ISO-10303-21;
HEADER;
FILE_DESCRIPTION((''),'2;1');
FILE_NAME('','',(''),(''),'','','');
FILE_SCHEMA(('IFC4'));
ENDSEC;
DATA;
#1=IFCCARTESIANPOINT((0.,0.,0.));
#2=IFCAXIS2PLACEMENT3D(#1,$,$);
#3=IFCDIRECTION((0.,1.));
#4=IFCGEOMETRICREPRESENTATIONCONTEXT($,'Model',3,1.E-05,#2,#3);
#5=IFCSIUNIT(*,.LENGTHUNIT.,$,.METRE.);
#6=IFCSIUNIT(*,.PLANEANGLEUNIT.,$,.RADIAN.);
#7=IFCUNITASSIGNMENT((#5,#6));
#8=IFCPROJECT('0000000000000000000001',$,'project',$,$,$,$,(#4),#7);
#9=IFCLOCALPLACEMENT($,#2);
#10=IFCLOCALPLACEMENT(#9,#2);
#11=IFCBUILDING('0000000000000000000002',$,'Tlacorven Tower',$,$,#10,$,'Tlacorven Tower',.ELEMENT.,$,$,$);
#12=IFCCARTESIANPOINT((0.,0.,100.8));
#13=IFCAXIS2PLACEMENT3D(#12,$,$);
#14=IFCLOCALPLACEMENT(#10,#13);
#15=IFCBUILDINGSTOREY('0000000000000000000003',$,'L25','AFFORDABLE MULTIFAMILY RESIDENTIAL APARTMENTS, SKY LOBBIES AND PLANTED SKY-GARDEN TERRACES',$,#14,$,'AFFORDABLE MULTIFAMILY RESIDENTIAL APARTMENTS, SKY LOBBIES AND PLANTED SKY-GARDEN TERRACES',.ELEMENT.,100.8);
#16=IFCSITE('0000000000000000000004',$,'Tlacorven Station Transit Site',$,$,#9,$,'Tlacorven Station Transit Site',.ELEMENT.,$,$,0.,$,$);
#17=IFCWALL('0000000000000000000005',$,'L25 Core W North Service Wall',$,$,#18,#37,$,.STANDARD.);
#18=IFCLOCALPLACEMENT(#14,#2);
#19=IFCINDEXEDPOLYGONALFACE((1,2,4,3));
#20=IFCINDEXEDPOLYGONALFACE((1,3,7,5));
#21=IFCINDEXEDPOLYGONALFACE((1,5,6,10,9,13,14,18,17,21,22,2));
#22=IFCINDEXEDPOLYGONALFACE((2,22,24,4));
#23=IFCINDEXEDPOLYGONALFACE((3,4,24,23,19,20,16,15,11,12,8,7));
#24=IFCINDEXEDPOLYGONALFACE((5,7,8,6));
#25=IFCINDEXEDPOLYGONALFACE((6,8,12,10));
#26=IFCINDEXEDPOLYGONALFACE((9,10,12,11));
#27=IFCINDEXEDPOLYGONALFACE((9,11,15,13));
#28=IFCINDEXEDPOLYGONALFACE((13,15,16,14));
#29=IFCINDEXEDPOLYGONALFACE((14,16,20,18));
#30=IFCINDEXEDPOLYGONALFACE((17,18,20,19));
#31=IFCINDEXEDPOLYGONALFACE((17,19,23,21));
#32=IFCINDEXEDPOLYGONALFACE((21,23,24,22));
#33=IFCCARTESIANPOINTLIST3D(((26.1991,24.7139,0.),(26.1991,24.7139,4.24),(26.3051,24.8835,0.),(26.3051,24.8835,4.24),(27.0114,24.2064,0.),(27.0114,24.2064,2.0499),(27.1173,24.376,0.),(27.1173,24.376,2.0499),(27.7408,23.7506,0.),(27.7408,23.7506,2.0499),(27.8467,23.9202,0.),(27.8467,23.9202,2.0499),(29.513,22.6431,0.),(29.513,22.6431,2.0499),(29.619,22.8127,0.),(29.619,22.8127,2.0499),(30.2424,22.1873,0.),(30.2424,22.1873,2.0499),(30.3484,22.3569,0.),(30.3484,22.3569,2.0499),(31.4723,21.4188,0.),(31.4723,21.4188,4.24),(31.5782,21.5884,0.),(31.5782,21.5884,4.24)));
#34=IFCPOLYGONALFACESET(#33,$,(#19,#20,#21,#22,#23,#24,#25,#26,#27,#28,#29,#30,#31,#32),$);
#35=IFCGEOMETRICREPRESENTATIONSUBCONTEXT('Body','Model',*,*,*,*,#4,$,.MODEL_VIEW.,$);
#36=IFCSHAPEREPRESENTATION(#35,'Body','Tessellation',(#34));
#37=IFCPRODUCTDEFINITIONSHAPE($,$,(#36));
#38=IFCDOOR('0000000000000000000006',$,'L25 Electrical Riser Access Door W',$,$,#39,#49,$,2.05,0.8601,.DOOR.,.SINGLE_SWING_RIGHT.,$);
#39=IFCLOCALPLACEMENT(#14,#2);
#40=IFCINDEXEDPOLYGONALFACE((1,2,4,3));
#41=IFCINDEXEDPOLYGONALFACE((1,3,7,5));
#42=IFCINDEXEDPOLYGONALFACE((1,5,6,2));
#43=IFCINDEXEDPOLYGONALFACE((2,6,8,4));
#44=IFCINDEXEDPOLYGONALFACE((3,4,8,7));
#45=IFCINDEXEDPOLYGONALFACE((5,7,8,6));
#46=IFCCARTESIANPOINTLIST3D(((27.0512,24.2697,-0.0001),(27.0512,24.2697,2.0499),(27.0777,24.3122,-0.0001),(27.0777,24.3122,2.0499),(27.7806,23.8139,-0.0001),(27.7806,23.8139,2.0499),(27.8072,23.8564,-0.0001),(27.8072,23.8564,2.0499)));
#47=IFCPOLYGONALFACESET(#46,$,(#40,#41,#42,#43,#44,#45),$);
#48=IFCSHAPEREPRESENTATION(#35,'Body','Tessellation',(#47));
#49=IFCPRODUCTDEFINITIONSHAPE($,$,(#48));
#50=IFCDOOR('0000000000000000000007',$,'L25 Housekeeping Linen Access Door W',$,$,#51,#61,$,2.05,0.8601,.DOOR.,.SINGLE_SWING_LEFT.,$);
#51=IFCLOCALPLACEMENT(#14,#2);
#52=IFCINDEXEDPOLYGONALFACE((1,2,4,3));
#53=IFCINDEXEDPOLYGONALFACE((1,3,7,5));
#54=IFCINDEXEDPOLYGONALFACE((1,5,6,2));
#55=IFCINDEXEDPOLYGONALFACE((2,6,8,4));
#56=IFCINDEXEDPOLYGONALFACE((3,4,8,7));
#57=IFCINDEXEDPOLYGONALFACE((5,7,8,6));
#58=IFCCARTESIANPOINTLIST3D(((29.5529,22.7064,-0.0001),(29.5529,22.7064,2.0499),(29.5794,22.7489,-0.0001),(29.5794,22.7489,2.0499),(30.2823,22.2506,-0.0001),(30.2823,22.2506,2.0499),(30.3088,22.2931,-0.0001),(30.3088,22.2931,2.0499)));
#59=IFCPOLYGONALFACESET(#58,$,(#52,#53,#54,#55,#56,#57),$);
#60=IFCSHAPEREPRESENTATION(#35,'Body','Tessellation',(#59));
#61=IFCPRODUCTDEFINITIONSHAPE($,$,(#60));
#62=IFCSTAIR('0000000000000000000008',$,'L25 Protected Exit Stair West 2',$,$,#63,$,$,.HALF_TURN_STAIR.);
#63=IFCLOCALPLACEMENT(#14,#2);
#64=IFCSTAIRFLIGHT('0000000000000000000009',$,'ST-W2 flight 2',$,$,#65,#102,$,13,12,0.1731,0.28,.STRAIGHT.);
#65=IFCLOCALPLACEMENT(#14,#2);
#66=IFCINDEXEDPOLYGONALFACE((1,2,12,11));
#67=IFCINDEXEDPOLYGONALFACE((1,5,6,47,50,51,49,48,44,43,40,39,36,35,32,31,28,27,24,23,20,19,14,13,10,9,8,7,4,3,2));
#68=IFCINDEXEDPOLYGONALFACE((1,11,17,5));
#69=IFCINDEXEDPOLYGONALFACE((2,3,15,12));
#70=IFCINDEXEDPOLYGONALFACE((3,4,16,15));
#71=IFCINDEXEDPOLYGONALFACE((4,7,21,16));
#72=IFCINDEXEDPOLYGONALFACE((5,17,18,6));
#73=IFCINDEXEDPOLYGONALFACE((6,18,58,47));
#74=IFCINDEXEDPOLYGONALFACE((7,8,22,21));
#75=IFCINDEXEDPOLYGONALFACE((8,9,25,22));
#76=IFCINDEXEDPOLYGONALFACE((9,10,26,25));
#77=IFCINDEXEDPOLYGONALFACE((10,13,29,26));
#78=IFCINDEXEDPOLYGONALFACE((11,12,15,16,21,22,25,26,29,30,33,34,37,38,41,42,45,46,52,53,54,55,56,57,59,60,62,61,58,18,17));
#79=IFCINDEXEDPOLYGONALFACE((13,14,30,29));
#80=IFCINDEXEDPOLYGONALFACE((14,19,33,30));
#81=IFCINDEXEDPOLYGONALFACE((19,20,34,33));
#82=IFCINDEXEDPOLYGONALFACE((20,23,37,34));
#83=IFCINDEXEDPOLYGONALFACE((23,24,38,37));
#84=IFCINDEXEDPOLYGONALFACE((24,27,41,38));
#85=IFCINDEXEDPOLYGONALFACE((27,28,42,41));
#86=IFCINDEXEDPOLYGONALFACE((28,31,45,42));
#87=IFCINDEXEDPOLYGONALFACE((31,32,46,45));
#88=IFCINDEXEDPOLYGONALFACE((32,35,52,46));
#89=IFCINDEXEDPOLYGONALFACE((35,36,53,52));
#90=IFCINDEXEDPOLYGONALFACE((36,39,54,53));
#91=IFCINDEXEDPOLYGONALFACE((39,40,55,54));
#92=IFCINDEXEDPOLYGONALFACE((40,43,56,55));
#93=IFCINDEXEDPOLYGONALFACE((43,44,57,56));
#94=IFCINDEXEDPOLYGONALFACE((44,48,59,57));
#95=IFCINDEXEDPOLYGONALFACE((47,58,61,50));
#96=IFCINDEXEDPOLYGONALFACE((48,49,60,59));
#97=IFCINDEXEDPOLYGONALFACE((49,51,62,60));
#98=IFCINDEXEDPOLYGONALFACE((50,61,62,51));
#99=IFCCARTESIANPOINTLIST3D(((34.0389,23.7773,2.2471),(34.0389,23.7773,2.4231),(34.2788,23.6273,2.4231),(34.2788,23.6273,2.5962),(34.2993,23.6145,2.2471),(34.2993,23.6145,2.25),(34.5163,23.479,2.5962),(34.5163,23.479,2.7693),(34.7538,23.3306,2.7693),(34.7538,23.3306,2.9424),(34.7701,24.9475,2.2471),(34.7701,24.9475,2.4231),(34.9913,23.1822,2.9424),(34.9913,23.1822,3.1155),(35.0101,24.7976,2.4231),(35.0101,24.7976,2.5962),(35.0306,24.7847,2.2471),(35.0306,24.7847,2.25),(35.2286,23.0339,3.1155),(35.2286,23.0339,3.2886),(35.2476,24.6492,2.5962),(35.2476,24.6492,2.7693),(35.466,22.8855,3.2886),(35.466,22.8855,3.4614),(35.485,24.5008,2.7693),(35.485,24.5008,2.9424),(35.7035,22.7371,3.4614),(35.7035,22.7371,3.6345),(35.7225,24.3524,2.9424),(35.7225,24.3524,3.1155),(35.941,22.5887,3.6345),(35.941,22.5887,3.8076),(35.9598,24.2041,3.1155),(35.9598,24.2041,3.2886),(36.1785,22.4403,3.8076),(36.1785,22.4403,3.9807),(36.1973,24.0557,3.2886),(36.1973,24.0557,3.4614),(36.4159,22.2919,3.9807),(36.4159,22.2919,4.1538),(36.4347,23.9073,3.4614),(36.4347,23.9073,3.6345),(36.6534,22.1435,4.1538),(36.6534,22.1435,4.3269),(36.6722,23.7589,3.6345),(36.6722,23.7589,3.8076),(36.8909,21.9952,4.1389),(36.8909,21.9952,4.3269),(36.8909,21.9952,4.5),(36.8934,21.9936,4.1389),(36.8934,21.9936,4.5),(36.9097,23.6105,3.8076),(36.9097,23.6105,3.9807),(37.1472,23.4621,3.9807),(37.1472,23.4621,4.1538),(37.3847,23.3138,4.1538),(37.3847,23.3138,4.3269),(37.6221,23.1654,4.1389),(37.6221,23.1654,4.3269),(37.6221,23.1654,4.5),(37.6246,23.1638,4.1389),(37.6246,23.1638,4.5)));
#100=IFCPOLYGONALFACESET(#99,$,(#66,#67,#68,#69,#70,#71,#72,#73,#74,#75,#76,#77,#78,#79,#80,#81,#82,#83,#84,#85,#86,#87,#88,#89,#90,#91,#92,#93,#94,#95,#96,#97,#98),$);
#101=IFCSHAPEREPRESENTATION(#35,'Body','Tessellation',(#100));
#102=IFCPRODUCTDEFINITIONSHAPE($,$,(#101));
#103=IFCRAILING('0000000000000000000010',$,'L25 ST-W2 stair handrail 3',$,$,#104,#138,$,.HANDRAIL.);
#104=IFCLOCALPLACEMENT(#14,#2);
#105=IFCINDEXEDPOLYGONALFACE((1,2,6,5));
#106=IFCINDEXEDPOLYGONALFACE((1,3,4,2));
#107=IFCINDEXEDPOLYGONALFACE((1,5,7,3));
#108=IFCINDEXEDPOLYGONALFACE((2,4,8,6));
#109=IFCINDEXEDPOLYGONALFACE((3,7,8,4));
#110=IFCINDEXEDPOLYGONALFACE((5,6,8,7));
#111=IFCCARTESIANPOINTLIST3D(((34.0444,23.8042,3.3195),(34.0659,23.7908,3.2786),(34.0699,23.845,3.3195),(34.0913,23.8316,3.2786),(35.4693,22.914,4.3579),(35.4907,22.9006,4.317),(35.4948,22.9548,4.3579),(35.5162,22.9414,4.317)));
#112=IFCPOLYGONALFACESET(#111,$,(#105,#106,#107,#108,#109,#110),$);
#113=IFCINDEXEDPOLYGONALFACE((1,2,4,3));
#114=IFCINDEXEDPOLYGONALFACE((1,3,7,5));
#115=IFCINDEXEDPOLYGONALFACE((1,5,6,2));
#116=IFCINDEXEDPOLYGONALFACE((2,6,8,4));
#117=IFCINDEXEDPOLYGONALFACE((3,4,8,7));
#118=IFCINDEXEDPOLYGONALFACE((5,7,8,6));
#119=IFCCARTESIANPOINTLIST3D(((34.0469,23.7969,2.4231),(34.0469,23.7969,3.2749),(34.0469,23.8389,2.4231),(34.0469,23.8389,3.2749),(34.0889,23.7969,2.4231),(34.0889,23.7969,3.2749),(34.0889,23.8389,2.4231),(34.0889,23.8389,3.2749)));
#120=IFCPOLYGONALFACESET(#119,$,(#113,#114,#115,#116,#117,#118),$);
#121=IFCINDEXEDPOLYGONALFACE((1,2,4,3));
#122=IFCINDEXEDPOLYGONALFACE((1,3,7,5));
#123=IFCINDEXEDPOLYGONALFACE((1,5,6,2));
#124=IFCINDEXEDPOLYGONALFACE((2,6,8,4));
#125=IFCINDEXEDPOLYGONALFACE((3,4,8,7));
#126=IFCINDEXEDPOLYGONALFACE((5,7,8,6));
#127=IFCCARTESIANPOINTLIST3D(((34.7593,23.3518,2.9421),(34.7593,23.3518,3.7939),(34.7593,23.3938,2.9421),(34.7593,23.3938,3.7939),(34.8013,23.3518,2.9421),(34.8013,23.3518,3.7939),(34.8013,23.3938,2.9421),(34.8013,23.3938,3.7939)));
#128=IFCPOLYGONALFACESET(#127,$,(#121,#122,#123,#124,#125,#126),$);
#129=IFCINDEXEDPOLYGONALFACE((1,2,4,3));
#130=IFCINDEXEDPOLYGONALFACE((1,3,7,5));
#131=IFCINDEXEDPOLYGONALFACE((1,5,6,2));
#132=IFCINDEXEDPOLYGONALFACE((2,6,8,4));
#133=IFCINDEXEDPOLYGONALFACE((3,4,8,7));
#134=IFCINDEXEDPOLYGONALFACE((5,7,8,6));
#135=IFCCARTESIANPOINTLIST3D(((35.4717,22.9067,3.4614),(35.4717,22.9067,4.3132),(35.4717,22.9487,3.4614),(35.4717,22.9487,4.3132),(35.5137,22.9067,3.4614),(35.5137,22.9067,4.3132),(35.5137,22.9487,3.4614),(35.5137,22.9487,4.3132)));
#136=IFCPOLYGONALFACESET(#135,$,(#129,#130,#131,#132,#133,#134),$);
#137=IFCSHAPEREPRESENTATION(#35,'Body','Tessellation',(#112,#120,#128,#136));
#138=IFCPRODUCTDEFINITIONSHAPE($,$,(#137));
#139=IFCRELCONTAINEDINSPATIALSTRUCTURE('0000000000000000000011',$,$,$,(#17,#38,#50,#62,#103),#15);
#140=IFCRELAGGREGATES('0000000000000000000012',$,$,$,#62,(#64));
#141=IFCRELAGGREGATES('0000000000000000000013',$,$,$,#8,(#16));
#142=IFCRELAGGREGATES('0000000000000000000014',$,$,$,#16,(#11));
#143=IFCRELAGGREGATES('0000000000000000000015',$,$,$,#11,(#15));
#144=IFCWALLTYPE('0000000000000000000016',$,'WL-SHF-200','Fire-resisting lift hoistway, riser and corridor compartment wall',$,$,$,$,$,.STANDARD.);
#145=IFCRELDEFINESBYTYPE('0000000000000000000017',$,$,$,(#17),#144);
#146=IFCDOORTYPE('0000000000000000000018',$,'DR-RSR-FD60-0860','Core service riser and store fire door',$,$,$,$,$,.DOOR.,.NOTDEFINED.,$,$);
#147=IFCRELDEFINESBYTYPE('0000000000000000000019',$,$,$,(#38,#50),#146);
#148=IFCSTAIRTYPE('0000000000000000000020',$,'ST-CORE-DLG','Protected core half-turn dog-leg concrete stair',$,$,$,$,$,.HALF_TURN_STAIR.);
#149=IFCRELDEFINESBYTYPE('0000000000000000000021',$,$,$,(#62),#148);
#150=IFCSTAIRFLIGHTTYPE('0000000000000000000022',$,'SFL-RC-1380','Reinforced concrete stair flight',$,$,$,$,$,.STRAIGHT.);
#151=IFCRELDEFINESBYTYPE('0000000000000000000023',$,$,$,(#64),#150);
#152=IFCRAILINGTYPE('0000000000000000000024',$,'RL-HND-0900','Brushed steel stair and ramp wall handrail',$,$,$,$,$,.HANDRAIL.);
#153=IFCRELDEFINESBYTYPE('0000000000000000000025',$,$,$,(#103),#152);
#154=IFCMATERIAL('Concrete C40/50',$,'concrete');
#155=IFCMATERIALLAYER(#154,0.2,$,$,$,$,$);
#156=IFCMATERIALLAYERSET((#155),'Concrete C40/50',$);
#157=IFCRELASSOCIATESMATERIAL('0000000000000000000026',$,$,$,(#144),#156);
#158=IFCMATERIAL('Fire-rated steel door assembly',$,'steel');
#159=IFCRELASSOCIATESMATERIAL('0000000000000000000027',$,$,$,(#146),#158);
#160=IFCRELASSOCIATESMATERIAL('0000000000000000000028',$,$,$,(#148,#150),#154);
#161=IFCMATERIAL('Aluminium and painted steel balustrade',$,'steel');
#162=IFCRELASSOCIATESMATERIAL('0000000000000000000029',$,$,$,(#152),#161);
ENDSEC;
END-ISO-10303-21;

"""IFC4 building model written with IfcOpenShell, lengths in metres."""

from ifc_helpers import new_model, si_unit, direction, frame, frame_2d, origin, origin_2d, place, context, subcontext, project, spatial, polyline, rectangle, outline, extrude, source, transform, mapped, material, layer, layer_set, type_object, element, fill, aggregate, save


model = new_model("IFC4")

# Units and contexts
model_context = context("Model", 3, precision=1e-05, world=origin(), true_north=direction((0.0, 1.0)))
body_context = subcontext(model_context, "Body", "Model", "MODEL_VIEW")
ifc_project = project(units=[si_unit("LENGTHUNIT", "METRE"), si_unit("PLANEANGLEUNIT", "RADIAN")], contexts=[model_context])

# Site, building, storey
site_placement = place(None, origin())
site = spatial("IfcSite", under=ifc_project, at=site_placement, Name="Tlacorven Station Transit Site", LongName="Tlacorven Station Transit Site", CompositionType="ELEMENT", RefElevation=0.0)
building_placement = place(site_placement, origin())
building = spatial("IfcBuilding", under=site, at=building_placement, Name="Tlacorven Tower", LongName="Tlacorven Tower", CompositionType="ELEMENT")
storey_placement = place(building_placement, frame((0.0, 0.0, 100.8)))
storey = spatial("IfcBuildingStorey", under=building, at=storey_placement, Name="L25", Description="AFFORDABLE MULTIFAMILY RESIDENTIAL APARTMENTS, SKY LOBBIES AND PLANTED SKY-GARDEN TERRACES", LongName="AFFORDABLE MULTIFAMILY RESIDENTIAL APARTMENTS, SKY LOBBIES AND PLANTED SKY-GARDEN TERRACES", CompositionType="ELEMENT", Elevation=100.8)

# Shared definitions
ifc_material_1 = material(Name="Concrete C40/50", Category="concrete")
ifc_layer_1 = layer(ifc_material_1, 0.2)
ifc_layer_set_1 = layer_set([ifc_layer_1], Name="Concrete C40/50")
wall_type_1 = type_object("IfcWallType", Name="WL-SHF-200", Description="Fire-resisting lift hoistway, riser and corridor compartment wall", PredefinedType="STANDARD", material=ifc_layer_set_1)
ifc_material_2 = material(Name="Fire-rated steel door assembly", Category="steel")

# Wall, openings, doors
wall_1_placement = place(storey_placement, frame((31.5251, 21.5037, 0.0), z_axis=(0.0, 0.0, 1.0), x_axis=(-0.84804, 0.529932, 0.0)))
wall_1 = element("IfcWall", 1, at=wall_1_placement, inside=storey, type_object=wall_type_1, Name="L25 Core W North Service Wall", PredefinedType="STANDARD", context=body_context, shape_type="SweptSolid", body=[
    extrude(rectangle(XDim=6.218, YDim=0.2, at=frame_2d((3.1089, 0.0))), origin(), (0.0, 0.0, 1.0), 4.24),
])
opening_1_placement = place(wall_1_placement, frame((4.3999, 0.0, 0.0)))
opening_1 = element("IfcOpeningElement", 2, at=opening_1_placement, cuts=wall_1, PredefinedType="OPENING", context=body_context, shape_type="SweptSolid", body=[
    extrude(rectangle(XDim=0.8601, YDim=2.05, at=frame_2d((0.4302, 1.0249))), frame((0.0, 0.1099, 0.0), z_axis=(0.0, -1.0, 0.0), x_axis=(1.0, 0.0, 0.0)), (0.0, 0.0, 1.0), 0.22),
])
opening_2_placement = place(wall_1_placement, frame((1.45, 0.0, 0.0)))
opening_2 = element("IfcOpeningElement", 3, at=opening_2_placement, cuts=wall_1, PredefinedType="OPENING", context=body_context, shape_type="SweptSolid", body=[
    extrude(rectangle(XDim=0.8601, YDim=2.05, at=frame_2d((0.4302, 1.0249))), frame((0.0, 0.1099, 0.0), z_axis=(0.0, -1.0, 0.0), x_axis=(1.0, 0.0, 0.0)), (0.0, 0.0, 1.0), 0.22),
])
door_type_1 = type_object("IfcDoorType", Name="DR-RSR-FD60-0860", Description="Core service riser and store fire door", OperationType="NOTDEFINED", PredefinedType="DOOR", material=ifc_material_2)
shared_shape_1 = source(origin(), body_context, "Body", "SweptSolid", [
    extrude(rectangle(XDim=0.8601, YDim=2.05, at=frame_2d((0.4302, 1.0249))), frame((0.0, 0.0249, 0.0), z_axis=(0.0, -1.0, 0.0), x_axis=(1.0, 0.0, 0.0)), (0.0, 0.0, 1.0), 0.05),
])
door_1_placement = place(opening_1_placement, frame((0.8601, 0.0, 0.0), z_axis=(0.0, 0.0, 1.0), x_axis=(-1.0, 0.0, 0.0)))
door_1 = element("IfcDoor", 4, at=door_1_placement, inside=storey, type_object=door_type_1, Name="L25 Electrical Riser Access Door W", OperationType="SINGLE_SWING_RIGHT", OverallHeight=2.05, OverallWidth=0.8601, PredefinedType="DOOR", context=body_context, shape_type="MappedRepresentation", body=[
    mapped(shared_shape_1, transform((0.0, 0.0, 0.0), scale=1.0)),
])
fill(opening_1, door_1)
door_2_placement = place(opening_2_placement, frame((0.8601, 0.0, 0.0), z_axis=(0.0, 0.0, 1.0), x_axis=(-1.0, 0.0, 0.0)))
door_2 = element("IfcDoor", 5, at=door_2_placement, inside=storey, type_object=door_type_1, Name="L25 Housekeeping Linen Access Door W", OperationType="SINGLE_SWING_LEFT", OverallHeight=2.05, OverallWidth=0.8601, PredefinedType="DOOR", context=body_context, shape_type="MappedRepresentation", body=[
    mapped(shared_shape_1, transform((0.0, 0.0, 0.0), scale=1.0)),
])
fill(opening_2, door_2)

# Stair, stair flight
stair_type = type_object("IfcStairType", Name="ST-CORE-DLG", Description="Protected core half-turn dog-leg concrete stair", PredefinedType="HALF_TURN_STAIR", material=ifc_material_1)
stair_placement = place(storey_placement, origin())
stair = element("IfcStair", 6, at=stair_placement, inside=storey, type_object=stair_type, Name="L25 Protected Exit Stair West 2", PredefinedType="HALF_TURN_STAIR")
stair_flight_type = type_object("IfcStairFlightType", Name="SFL-RC-1380", Description="Reinforced concrete stair flight", PredefinedType="STRAIGHT", material=ifc_material_1)
shared_shape_2 = source(origin(), body_context, "Body", "SweptSolid", [
    extrude(outline(polyline([(-0.0029, -0.0029), (-0.0029, 0.1731), (0.28, 0.1731), (0.28, 0.3462), (0.5601, 0.3462), (0.5601, 0.5193), (0.8401, 0.5193), (0.8401, 0.6924), (1.1201, 0.6924), (1.1201, 0.8655), (1.3999, 0.8655), (1.3999, 1.0386), (1.6799, 1.0386), (1.6799, 1.2114), (1.96, 1.2114), (1.96, 1.3845), (2.24, 1.3845), (2.24, 1.5576), (2.52, 1.5576), (2.52, 1.7307), (2.8, 1.7307), (2.8, 1.9038), (3.0801, 1.9038), (3.0801, 2.0769), (3.3601, 2.0769), (3.3601, 2.25), (3.363, 2.25), (3.363, 1.8889), (3.3601, 1.8889), (0.3042, 0.0), (0.3042, -0.0029), (-0.0029, -0.0029)])), frame((0.0, 0.6899, 0.0), z_axis=(0.0, -1.0, 0.0), x_axis=(1.0, 0.0, 0.0)), (0.0, 0.0, 1.0), 1.3799),
])
stair_flight_placement = place(storey_placement, frame((34.407, 24.3608, 2.25), z_axis=(0.0, 0.0, 1.0), x_axis=(0.848048, -0.529919, 0.0)))
stair_flight = element("IfcStairFlight", 7, at=stair_flight_placement, type_object=stair_flight_type, Name="ST-W2 flight 2", NumberOfRisers=13, NumberOfTreads=12, PredefinedType="STRAIGHT", RiserHeight=0.1731, TreadLength=0.28, context=body_context, shape_type="MappedRepresentation", body=[
    mapped(shared_shape_2, transform((0.0, 0.0, 0.0), scale=1.0)),
])
aggregate(stair, [stair_flight])

# Railing
ifc_material_3 = material(Name="Aluminium and painted steel balustrade", Category="steel")
railing_type = type_object("IfcRailingType", Name="RL-HND-0900", Description="Brushed steel stair and ramp wall handrail", PredefinedType="HANDRAIL", material=ifc_material_3)
shared_shape_3 = source(origin(), body_context, "Body", "SweptSolid", [
    extrude(rectangle(XDim=0.0481, YDim=0.0481, at=origin_2d()), frame((0.0, 0.0, 0.876), z_axis=(0.721428, -0.450707, 0.525742), x_axis=(0.529842, 0.848096, 0.0)), (0.0, 0.0, 1.0), 1.9751),
    extrude(rectangle(XDim=0.042, YDim=0.042, at=origin_2d()), origin(), (0.0, 0.0, 1.0), 0.8518),
    extrude(rectangle(XDim=0.042, YDim=0.042, at=origin_2d()), frame((0.7124, -0.4451, 0.519)), (0.0, 0.0, 1.0), 0.8518),
    extrude(rectangle(XDim=0.042, YDim=0.042, at=origin_2d()), frame((1.4248, -0.8901, 1.0383)), (0.0, 0.0, 1.0), 0.8518),
])
railing_placement = place(storey_placement, frame((34.0679, 23.8179, 2.4231)))
element("IfcRailing", 8, at=railing_placement, inside=storey, type_object=railing_type, Name="L25 ST-W2 stair handrail 3", PredefinedType="HANDRAIL", context=body_context, shape_type="MappedRepresentation", body=[
    mapped(shared_shape_3, transform((0.0, 0.0, 0.0), scale=1.0)),
])

save(model, "model.ifc")
